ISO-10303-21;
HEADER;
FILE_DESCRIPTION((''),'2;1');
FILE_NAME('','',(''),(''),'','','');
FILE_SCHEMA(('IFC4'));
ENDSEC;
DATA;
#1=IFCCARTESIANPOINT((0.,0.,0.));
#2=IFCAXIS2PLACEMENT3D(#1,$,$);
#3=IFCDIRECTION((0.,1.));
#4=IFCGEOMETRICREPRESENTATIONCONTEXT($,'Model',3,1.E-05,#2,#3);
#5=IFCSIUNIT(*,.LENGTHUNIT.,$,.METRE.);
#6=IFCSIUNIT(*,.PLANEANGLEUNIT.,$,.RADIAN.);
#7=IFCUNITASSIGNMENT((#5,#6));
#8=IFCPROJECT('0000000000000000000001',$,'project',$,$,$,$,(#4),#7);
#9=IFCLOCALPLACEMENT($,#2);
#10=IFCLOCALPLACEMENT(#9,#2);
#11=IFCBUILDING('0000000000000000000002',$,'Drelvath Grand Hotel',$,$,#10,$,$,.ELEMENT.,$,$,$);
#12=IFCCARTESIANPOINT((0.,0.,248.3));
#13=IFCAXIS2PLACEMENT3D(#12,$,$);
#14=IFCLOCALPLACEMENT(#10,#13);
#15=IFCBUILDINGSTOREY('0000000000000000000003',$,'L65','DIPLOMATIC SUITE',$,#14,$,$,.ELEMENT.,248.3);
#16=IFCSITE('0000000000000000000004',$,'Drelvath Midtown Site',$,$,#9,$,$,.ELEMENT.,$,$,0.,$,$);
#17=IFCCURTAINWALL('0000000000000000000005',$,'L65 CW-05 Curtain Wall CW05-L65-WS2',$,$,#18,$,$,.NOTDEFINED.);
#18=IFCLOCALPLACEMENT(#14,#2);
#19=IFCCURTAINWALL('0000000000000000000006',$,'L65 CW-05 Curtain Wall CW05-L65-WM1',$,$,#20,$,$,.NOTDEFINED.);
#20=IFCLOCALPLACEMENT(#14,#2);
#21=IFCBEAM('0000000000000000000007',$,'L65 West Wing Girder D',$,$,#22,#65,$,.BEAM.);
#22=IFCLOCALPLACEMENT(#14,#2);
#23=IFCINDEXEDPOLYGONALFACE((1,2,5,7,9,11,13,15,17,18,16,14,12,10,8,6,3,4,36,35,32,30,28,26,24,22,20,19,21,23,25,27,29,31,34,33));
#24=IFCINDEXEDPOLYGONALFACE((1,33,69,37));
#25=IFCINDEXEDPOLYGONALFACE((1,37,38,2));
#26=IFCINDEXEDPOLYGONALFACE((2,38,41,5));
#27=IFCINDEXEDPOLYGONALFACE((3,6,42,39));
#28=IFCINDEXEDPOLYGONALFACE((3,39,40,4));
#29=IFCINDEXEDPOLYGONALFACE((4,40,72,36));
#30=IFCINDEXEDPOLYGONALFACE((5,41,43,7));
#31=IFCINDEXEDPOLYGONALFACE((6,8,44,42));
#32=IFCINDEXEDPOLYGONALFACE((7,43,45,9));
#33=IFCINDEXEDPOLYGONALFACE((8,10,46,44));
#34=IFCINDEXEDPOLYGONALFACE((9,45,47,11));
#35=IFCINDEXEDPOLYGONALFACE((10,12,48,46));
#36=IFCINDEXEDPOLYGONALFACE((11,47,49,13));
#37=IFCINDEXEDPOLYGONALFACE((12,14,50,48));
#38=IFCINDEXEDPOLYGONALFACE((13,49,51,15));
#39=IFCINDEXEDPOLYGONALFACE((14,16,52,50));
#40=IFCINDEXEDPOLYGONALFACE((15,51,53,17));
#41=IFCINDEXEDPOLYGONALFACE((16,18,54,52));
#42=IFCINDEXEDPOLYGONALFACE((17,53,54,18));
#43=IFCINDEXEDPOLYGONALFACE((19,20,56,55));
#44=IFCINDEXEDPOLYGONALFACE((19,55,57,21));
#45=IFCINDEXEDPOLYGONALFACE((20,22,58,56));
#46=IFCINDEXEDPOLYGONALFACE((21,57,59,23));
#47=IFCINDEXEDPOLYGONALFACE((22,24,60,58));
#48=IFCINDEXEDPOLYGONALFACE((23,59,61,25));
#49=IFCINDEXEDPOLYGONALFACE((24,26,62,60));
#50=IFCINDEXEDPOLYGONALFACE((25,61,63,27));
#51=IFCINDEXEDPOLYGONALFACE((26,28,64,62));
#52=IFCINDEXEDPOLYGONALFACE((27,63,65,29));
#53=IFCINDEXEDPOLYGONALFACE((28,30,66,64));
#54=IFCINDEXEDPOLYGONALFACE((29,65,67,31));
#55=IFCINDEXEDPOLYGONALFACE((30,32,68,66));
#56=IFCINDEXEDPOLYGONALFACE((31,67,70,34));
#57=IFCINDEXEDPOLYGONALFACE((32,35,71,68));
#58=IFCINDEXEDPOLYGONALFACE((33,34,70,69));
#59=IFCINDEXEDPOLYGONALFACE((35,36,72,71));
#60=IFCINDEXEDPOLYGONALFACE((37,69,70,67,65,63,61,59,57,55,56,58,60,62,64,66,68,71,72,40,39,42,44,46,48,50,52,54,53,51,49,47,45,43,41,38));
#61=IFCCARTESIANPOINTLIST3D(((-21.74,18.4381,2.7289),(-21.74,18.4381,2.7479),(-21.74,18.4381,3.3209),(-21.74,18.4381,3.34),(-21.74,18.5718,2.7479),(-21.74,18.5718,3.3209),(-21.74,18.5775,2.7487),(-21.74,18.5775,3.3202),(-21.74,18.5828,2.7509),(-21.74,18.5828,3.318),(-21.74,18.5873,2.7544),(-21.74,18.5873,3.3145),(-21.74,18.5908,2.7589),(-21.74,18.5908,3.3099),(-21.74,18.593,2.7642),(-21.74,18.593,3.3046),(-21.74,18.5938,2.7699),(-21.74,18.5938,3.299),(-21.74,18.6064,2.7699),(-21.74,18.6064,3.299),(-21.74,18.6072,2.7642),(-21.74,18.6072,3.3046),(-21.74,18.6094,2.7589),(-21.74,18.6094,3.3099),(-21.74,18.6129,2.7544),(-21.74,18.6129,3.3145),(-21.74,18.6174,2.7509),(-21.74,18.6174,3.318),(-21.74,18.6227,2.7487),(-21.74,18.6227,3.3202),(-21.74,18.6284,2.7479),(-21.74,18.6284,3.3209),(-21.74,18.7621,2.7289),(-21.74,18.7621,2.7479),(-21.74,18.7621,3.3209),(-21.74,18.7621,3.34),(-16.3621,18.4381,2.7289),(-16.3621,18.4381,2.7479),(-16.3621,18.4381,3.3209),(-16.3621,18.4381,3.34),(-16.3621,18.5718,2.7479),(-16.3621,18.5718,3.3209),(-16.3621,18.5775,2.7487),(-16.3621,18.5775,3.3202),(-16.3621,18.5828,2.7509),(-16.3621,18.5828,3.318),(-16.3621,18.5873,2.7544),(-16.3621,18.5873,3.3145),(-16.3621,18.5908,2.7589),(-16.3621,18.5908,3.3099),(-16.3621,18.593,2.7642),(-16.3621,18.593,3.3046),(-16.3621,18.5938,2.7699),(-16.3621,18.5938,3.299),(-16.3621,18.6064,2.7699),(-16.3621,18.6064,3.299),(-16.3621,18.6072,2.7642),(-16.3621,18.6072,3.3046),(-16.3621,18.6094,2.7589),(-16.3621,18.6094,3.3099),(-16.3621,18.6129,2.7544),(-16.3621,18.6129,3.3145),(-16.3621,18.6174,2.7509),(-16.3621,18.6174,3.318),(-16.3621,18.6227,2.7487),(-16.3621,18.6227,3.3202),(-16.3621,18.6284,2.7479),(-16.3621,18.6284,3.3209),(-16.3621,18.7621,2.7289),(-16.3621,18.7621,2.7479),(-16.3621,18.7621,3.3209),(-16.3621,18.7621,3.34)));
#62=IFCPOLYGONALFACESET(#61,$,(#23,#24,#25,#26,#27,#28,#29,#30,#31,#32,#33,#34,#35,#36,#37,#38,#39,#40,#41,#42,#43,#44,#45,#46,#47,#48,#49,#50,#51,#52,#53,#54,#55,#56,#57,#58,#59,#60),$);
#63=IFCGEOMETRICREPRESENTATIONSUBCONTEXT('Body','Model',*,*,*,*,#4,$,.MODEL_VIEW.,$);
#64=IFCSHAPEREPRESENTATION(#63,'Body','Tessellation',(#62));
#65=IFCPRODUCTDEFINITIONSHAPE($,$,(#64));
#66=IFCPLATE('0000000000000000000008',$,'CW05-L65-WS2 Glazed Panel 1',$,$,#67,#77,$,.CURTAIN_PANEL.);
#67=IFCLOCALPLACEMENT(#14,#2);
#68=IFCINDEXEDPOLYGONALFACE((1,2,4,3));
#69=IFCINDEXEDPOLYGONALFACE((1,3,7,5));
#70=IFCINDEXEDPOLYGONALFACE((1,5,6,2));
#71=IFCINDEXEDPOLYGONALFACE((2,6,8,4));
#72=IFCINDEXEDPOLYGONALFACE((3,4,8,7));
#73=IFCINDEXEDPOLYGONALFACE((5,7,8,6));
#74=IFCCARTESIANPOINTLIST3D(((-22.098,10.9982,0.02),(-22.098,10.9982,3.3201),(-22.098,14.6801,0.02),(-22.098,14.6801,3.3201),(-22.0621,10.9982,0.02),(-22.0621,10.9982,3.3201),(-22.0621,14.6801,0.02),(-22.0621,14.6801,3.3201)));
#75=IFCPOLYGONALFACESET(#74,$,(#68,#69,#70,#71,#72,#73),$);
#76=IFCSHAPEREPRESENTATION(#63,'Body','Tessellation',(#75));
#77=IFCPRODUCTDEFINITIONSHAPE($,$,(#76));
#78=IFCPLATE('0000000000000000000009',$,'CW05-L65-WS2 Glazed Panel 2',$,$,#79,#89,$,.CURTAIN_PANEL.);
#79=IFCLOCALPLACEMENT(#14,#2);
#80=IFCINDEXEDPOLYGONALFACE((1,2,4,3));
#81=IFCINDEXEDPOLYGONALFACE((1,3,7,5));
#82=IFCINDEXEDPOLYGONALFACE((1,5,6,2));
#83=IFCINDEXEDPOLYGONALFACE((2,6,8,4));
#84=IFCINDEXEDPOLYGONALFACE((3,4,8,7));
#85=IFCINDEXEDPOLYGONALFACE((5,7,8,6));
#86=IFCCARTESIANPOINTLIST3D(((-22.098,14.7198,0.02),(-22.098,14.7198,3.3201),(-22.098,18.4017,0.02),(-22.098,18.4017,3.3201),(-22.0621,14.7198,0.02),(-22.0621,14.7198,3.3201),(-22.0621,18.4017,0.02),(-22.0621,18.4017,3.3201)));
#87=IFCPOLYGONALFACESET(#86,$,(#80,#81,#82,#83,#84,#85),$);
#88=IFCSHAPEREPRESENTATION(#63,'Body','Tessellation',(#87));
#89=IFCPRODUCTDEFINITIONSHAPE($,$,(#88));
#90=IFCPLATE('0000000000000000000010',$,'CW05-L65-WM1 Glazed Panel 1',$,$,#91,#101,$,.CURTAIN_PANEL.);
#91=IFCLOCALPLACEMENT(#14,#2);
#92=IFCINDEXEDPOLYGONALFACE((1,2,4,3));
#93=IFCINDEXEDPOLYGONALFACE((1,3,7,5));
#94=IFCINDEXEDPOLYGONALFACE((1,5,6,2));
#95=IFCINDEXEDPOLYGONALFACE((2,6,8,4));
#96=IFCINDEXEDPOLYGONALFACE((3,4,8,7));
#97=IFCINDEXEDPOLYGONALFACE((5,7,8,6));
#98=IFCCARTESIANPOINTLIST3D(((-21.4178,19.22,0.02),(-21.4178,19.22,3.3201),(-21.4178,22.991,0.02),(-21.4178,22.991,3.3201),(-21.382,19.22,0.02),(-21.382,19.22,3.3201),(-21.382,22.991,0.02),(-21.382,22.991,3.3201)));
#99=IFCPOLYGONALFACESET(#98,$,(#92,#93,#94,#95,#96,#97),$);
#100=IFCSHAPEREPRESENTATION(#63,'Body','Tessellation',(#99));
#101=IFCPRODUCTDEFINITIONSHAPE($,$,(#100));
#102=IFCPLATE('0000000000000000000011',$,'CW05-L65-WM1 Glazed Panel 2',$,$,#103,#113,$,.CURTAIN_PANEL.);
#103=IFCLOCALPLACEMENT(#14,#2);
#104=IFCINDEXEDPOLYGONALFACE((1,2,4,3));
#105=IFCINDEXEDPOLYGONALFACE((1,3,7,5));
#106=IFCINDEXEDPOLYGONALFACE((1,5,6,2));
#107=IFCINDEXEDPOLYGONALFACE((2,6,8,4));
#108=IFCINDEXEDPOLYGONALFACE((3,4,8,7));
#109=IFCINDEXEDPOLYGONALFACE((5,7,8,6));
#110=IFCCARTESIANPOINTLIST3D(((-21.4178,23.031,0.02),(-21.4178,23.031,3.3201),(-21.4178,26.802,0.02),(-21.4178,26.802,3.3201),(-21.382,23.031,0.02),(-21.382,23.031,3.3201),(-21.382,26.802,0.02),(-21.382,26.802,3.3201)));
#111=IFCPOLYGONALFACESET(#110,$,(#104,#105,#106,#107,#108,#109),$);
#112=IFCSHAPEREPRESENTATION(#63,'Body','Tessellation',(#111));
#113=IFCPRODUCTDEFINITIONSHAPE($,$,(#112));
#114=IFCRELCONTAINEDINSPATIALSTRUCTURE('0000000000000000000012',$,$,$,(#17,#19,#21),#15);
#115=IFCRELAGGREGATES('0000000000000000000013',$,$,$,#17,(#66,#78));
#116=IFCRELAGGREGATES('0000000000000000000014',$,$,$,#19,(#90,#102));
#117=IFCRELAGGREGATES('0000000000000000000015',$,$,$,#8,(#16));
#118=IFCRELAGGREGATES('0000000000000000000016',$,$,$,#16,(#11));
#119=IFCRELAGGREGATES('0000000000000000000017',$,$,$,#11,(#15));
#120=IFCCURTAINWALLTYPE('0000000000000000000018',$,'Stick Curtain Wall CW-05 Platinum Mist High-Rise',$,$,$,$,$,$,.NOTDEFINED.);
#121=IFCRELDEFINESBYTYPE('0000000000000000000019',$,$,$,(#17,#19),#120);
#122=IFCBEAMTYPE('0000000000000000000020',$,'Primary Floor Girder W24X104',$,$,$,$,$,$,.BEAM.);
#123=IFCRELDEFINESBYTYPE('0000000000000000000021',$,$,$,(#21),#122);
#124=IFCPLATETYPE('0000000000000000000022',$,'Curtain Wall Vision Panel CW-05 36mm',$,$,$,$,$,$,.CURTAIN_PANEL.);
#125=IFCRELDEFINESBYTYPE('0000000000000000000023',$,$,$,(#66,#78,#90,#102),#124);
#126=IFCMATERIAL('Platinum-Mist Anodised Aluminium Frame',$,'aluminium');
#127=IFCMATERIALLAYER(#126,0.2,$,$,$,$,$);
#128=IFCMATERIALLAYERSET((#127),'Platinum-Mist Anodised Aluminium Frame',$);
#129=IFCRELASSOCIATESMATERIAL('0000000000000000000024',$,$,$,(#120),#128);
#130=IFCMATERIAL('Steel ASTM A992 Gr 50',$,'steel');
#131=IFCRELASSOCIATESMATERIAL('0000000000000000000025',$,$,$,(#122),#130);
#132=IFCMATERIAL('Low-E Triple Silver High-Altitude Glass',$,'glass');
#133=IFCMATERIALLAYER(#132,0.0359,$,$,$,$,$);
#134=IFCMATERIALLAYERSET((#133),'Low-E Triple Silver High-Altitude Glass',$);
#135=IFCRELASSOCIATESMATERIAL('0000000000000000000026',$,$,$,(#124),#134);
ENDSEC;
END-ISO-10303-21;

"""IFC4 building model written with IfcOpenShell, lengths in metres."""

from ifc_helpers import new_model, si_unit, direction, frame, origin, origin_2d, place, context, subcontext, project, spatial, rectangle, i_section, extrude, material, layer, layer_set, material_profile, profile_set, type_object, element, aggregate, save


model = new_model("IFC4")

# Units and contexts
model_context = context("Model", 3, precision=1e-05, world=origin(), true_north=direction((0.0, 1.0)))
body_context = subcontext(model_context, "Body", "Model", "MODEL_VIEW")
ifc_project = project(units=[si_unit("LENGTHUNIT", "METRE"), si_unit("PLANEANGLEUNIT", "RADIAN")], contexts=[model_context])

# Site, building, storey
site_placement = place(None, origin())
site = spatial("IfcSite", under=ifc_project, at=site_placement, Name="Drelvath Midtown Site", CompositionType="ELEMENT", RefElevation=0.0)
building_placement = place(site_placement, origin())
building = spatial("IfcBuilding", under=site, at=building_placement, Name="Drelvath Grand Hotel", CompositionType="ELEMENT")
storey_placement = place(building_placement, frame((0.0, 0.0, 248.3)))
storey = spatial("IfcBuildingStorey", under=building, at=storey_placement, Name="L65", Description="DIPLOMATIC SUITE", CompositionType="ELEMENT", Elevation=248.3)

# Shared definitions
ifc_material_1 = material(Name="Steel ASTM A992 Gr 50", Category="steel")

# Curtain walls
ifc_material_2 = material(Name="Platinum-Mist Anodised Aluminium Frame", Category="aluminium")
ifc_layer_1 = layer(ifc_material_2, 0.2)
ifc_layer_set_1 = layer_set([ifc_layer_1], Name="Platinum-Mist Anodised Aluminium Frame")
curtain_wall_type = type_object("IfcCurtainWallType", Name="Stick Curtain Wall CW-05 Platinum Mist High-Rise", PredefinedType="NOTDEFINED", material=ifc_layer_set_1)
curtain_wall_1_placement = place(storey_placement, origin())
curtain_wall_1 = element("IfcCurtainWall", 1, at=curtain_wall_1_placement, inside=storey, type_object=curtain_wall_type, Name="L65 CW-05 Curtain Wall CW05-L65-WS2", PredefinedType="NOTDEFINED")
curtain_wall_2_placement = place(storey_placement, origin())
curtain_wall_2 = element("IfcCurtainWall", 2, at=curtain_wall_2_placement, inside=storey, type_object=curtain_wall_type, Name="L65 CW-05 Curtain Wall CW05-L65-WM1", PredefinedType="NOTDEFINED")

# Beam
ifc_material_profile_1 = material_profile(ifc_material_1, i_section(OverallWidth=0.324, OverallDepth=0.6111, WebThickness=0.0127, FlangeThickness=0.019, FilletRadius=0.022, at=origin_2d()), Name="W24X104")
ifc_profile_set_1 = profile_set([ifc_material_profile_1], Name="Steel ASTM A992 Gr 50")
beam_type_1 = type_object("IfcBeamType", Name="Primary Floor Girder W24X104", PredefinedType="BEAM", material=ifc_profile_set_1)
beam_1_placement = place(storey_placement, frame((-21.74, 18.6001, 3.0344), z_axis=(1.0, 0.0, 0.0), x_axis=(0.0, 1.0, 0.0)))
element("IfcBeam", 3, at=beam_1_placement, inside=storey, type_object=beam_type_1, Name="L65 West Wing Girder D", PredefinedType="BEAM", context=body_context, shape_type="SweptSolid", body=[
    extrude(i_section(OverallWidth=0.324, OverallDepth=0.6111, WebThickness=0.0127, FlangeThickness=0.019, FilletRadius=0.022, at=origin_2d()), origin(), (0.0, 0.0, 1.0), 5.3779),
])

# Plates
ifc_material_3 = material(Name="Low-E Triple Silver High-Altitude Glass", Category="glass")
ifc_layer_2 = layer(ifc_material_3, 0.0359)
ifc_layer_set_2 = layer_set([ifc_layer_2], Name="Low-E Triple Silver High-Altitude Glass")
plate_type = type_object("IfcPlateType", Name="Curtain Wall Vision Panel CW-05 36mm", PredefinedType="CURTAIN_PANEL", material=ifc_layer_set_2)
plate_1_placement = place(storey_placement, frame((-22.0801, 12.8391, 0.02), z_axis=(0.0, 0.0, 1.0), x_axis=(0.0, 1.0, 0.0)))
plate_1 = element("IfcPlate", 4, at=plate_1_placement, type_object=plate_type, Name="CW05-L65-WS2 Glazed Panel 1", PredefinedType="CURTAIN_PANEL", context=body_context, shape_type="SweptSolid", body=[
    extrude(rectangle(XDim=3.6819, YDim=0.0359, at=origin_2d()), origin(), (0.0, 0.0, 1.0), 3.3),
])
plate_2_placement = place(storey_placement, frame((-22.0801, 16.5608, 0.02), z_axis=(0.0, 0.0, 1.0), x_axis=(0.0, 1.0, 0.0)))
plate_2 = element("IfcPlate", 5, at=plate_2_placement, type_object=plate_type, Name="CW05-L65-WS2 Glazed Panel 2", PredefinedType="CURTAIN_PANEL", context=body_context, shape_type="SweptSolid", body=[
    extrude(rectangle(XDim=3.6819, YDim=0.0359, at=origin_2d()), origin(), (0.0, 0.0, 1.0), 3.3),
])
aggregate(curtain_wall_1, [plate_1, plate_2])
plate_3_placement = place(storey_placement, frame((-21.3999, 21.1055, 0.02), z_axis=(0.0, 0.0, 1.0), x_axis=(0.0, 1.0, 0.0)))
plate_3 = element("IfcPlate", 6, at=plate_3_placement, type_object=plate_type, Name="CW05-L65-WM1 Glazed Panel 1", PredefinedType="CURTAIN_PANEL", context=body_context, shape_type="SweptSolid", body=[
    extrude(rectangle(XDim=3.771, YDim=0.0359, at=origin_2d()), origin(), (0.0, 0.0, 1.0), 3.3),
])
plate_4_placement = place(storey_placement, frame((-21.3999, 24.9165, 0.02), z_axis=(0.0, 0.0, 1.0), x_axis=(0.0, 1.0, 0.0)))
plate_4 = element("IfcPlate", 7, at=plate_4_placement, type_object=plate_type, Name="CW05-L65-WM1 Glazed Panel 2", PredefinedType="CURTAIN_PANEL", context=body_context, shape_type="SweptSolid", body=[
    extrude(rectangle(XDim=3.771, YDim=0.0359, at=origin_2d()), origin(), (0.0, 0.0, 1.0), 3.3),
])
aggregate(curtain_wall_2, [plate_3, plate_4])

save(model, "model.ifc")
